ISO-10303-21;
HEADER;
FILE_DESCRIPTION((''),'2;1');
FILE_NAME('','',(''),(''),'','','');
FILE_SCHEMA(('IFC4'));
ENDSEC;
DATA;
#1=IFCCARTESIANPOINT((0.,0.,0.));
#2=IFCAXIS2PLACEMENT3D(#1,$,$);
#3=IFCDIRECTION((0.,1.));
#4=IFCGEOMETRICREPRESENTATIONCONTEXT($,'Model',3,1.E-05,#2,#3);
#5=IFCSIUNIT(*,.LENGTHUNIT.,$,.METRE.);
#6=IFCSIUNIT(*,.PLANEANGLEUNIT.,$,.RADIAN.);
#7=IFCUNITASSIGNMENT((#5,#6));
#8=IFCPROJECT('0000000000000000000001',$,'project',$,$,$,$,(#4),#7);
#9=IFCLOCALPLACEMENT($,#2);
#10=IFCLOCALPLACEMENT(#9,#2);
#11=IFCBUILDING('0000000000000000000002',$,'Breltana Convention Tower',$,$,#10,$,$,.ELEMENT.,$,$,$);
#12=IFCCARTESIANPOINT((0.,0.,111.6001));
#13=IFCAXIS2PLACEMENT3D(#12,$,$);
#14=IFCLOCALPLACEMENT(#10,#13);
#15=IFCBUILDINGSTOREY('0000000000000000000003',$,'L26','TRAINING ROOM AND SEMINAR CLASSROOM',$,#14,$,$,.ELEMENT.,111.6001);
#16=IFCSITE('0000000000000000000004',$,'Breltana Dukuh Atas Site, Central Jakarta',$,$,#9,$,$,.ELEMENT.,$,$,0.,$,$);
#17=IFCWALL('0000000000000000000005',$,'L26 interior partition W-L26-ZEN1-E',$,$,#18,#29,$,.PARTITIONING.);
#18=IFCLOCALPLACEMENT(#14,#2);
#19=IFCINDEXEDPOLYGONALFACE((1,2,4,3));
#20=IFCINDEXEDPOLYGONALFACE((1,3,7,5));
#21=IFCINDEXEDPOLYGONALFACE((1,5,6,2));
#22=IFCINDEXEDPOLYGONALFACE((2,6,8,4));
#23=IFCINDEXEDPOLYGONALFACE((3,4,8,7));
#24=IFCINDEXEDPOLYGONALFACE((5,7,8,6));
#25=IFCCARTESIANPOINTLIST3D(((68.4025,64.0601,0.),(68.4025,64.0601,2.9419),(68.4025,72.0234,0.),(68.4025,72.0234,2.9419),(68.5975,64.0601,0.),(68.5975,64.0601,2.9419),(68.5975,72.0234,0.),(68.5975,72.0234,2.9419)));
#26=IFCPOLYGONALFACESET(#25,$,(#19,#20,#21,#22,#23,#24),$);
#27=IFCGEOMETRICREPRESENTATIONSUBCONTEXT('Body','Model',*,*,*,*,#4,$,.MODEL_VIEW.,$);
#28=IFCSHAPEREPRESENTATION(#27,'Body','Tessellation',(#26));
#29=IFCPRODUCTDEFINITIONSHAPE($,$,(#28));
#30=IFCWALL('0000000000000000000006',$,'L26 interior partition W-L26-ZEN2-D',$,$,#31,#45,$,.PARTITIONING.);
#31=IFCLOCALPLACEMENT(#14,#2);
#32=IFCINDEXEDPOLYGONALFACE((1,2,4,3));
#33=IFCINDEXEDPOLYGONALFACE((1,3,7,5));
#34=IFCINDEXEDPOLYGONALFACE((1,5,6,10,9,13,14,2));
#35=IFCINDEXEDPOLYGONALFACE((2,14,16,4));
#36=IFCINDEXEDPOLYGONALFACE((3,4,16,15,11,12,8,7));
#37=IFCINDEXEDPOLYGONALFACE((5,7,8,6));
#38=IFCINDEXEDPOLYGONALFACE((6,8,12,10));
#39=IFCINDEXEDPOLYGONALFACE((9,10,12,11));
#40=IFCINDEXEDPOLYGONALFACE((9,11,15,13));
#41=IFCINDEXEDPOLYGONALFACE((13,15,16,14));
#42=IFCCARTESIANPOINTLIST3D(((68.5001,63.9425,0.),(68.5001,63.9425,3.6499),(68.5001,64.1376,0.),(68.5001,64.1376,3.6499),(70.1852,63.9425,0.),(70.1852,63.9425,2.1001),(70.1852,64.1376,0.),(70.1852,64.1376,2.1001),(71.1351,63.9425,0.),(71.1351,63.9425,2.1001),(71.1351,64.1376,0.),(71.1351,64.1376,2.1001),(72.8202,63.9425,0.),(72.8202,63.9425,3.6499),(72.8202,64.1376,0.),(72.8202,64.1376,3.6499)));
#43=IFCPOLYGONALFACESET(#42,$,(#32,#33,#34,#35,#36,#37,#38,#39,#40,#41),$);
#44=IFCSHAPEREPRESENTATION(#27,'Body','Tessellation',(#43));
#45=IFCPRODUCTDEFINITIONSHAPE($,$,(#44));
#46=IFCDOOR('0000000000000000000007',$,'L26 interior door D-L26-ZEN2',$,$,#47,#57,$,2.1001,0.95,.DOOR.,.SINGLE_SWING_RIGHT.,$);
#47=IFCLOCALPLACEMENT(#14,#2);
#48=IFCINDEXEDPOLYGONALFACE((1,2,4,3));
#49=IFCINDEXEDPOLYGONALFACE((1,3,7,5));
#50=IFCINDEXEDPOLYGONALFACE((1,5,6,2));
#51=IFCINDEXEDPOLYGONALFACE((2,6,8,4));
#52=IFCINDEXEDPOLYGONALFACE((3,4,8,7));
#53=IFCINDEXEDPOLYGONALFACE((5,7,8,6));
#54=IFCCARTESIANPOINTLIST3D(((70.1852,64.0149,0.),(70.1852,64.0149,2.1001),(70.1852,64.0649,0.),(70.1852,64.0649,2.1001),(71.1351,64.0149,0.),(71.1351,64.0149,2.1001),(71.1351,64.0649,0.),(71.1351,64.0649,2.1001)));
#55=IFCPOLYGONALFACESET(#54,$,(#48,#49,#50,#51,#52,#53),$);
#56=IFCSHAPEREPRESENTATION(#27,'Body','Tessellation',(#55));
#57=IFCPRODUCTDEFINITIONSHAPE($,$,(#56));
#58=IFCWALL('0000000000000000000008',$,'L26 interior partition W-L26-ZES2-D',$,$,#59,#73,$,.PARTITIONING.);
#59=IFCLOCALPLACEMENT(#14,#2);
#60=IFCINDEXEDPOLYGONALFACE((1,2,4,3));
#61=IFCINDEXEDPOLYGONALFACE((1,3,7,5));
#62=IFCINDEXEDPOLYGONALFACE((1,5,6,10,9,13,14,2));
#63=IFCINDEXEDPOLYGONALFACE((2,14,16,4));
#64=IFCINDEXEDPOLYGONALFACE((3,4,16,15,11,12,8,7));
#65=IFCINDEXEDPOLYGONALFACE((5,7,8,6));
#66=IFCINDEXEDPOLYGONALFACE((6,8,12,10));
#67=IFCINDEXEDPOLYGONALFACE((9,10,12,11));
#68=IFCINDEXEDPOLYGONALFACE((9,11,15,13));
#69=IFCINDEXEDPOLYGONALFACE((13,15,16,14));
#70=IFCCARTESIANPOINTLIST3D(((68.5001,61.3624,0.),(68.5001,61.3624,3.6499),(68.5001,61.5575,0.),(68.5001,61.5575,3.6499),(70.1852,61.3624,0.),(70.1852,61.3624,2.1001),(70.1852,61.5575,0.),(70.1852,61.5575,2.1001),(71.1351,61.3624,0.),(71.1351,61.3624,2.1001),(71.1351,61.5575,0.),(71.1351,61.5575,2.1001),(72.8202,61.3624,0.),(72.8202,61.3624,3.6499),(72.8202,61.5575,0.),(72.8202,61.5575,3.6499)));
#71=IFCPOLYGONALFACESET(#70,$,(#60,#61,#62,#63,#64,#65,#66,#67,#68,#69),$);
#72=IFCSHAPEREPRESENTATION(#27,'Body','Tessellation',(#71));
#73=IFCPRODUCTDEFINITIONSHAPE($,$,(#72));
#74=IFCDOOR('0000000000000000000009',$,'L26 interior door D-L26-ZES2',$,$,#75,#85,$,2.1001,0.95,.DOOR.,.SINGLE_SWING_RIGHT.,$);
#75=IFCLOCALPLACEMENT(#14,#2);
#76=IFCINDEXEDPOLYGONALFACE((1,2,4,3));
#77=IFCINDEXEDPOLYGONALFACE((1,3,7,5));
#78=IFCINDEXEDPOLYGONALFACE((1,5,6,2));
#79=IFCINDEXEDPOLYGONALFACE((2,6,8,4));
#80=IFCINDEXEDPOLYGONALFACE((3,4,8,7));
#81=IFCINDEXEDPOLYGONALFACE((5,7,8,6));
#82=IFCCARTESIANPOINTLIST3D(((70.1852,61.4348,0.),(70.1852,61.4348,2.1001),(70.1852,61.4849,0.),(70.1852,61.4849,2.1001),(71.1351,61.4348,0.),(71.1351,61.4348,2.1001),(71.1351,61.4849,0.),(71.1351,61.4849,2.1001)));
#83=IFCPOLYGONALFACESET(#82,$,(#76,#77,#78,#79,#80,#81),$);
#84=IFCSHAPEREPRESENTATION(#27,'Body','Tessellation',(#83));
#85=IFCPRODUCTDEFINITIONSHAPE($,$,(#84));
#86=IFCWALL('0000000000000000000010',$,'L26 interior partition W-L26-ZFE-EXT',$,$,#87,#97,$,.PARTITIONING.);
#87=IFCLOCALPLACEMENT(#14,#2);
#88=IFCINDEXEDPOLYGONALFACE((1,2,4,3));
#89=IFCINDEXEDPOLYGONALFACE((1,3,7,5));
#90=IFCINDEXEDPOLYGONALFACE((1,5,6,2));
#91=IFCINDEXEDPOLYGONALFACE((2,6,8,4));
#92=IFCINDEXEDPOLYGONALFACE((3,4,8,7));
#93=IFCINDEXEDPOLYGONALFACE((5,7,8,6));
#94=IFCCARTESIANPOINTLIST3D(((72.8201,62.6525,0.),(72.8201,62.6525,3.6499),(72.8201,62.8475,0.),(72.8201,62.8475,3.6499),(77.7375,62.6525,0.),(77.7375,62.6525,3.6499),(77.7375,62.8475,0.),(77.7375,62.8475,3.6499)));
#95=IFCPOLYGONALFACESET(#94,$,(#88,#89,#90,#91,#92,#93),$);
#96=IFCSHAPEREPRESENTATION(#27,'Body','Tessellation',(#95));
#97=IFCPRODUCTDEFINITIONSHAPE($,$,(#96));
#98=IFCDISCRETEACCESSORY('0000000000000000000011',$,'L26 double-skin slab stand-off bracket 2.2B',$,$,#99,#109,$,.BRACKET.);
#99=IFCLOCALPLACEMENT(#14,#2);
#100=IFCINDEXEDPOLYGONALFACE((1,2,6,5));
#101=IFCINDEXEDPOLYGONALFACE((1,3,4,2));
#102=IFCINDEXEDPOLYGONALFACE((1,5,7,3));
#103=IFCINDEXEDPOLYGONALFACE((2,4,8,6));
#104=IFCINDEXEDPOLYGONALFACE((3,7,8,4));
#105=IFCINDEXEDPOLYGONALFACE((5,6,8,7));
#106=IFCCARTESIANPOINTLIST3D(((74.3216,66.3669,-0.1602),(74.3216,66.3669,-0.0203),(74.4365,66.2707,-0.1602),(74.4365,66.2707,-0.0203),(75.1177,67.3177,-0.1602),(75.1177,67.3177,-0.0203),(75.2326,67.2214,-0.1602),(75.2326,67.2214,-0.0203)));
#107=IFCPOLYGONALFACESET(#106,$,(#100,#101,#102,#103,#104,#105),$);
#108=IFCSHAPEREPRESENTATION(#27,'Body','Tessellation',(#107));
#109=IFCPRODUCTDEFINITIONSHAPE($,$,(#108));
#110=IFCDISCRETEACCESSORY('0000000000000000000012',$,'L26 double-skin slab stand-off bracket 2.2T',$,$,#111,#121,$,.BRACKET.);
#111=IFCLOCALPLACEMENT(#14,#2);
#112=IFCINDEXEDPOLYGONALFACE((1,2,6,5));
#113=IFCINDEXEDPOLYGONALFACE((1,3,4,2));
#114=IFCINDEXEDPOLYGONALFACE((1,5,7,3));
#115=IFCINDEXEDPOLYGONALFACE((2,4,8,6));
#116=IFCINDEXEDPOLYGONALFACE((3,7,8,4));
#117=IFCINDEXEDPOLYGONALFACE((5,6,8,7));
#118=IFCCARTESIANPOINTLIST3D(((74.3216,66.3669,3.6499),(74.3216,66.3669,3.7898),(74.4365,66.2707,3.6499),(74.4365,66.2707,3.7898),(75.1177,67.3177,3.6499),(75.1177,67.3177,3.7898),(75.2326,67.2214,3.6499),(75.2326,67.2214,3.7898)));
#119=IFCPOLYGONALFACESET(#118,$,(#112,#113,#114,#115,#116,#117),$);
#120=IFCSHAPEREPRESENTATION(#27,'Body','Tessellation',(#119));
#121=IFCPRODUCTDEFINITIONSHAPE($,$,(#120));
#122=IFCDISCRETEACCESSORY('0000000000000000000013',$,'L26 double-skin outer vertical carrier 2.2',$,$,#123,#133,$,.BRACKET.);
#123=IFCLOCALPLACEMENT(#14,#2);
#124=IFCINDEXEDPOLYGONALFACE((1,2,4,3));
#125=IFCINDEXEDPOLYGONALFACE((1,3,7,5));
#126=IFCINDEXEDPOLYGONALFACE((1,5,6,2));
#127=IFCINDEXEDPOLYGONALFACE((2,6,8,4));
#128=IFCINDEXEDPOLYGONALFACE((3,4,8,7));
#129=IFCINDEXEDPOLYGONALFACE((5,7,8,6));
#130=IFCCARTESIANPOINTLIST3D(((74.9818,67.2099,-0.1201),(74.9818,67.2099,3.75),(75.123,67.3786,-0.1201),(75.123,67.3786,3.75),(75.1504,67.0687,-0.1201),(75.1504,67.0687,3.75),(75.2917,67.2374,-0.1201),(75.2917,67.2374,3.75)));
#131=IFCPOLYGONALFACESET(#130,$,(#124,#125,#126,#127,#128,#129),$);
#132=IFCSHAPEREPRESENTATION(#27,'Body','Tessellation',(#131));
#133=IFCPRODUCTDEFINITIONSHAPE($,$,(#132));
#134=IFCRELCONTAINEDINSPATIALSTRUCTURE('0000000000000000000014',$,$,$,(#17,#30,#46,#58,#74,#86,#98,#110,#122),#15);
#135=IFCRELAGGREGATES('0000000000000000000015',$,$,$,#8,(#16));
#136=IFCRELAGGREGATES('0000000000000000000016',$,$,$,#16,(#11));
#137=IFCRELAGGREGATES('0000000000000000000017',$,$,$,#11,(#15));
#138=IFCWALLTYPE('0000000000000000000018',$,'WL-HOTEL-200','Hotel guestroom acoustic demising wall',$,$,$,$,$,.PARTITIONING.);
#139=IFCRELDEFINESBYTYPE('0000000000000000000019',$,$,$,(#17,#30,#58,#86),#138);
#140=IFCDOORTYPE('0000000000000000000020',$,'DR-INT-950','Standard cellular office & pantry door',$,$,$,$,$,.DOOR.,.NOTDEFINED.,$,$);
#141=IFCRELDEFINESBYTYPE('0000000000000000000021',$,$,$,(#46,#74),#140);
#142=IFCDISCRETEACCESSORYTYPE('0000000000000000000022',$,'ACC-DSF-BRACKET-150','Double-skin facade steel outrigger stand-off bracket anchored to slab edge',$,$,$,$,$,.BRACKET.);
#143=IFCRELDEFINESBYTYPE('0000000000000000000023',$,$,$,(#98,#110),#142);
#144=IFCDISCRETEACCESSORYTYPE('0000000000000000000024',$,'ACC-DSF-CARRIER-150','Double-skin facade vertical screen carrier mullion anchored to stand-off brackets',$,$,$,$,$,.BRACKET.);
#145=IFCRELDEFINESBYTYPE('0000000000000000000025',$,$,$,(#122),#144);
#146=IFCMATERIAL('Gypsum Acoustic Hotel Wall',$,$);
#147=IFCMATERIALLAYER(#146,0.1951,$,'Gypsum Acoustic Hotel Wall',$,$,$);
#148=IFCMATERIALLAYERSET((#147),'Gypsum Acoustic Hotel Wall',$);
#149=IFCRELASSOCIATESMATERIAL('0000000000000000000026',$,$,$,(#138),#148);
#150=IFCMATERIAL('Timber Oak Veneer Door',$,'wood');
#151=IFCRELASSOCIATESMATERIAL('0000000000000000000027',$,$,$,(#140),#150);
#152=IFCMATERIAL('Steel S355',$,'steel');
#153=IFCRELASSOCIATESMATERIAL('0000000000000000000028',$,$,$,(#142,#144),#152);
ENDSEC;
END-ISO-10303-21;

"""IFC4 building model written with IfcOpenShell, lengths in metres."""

from ifc_helpers import new_model, si_unit, direction, frame, frame_2d, origin, origin_2d, place, context, subcontext, project, spatial, rectangle, extrude, source, transform, mapped, material, layer, layer_set, type_object, type_shapes, element, fill, save


model = new_model("IFC4")

# Units and contexts
model_context = context("Model", 3, precision=1e-05, world=origin(), true_north=direction((0.0, 1.0)))
body_context = subcontext(model_context, "Body", "Model", "MODEL_VIEW")
ifc_project = project(units=[si_unit("LENGTHUNIT", "METRE"), si_unit("PLANEANGLEUNIT", "RADIAN")], contexts=[model_context])

# Site, building, storey
site_placement = place(None, origin())
site = spatial("IfcSite", under=ifc_project, at=site_placement, Name="Breltana Dukuh Atas Site, Central Jakarta", CompositionType="ELEMENT", RefElevation=0.0)
building_placement = place(site_placement, origin())
building = spatial("IfcBuilding", under=site, at=building_placement, Name="Breltana Convention Tower", CompositionType="ELEMENT")
storey_placement = place(building_placement, frame((0.0, 0.0, 111.6001)))
storey = spatial("IfcBuildingStorey", under=building, at=storey_placement, Name="L26", Description="TRAINING ROOM AND SEMINAR CLASSROOM", CompositionType="ELEMENT", Elevation=111.6001)

# Wall
ifc_material_1 = material(Name="Gypsum Acoustic Hotel Wall")
ifc_layer_1 = layer(ifc_material_1, 0.1951, Name="Gypsum Acoustic Hotel Wall")
ifc_layer_set_1 = layer_set([ifc_layer_1], Name="Gypsum Acoustic Hotel Wall")
wall_type_1 = type_object("IfcWallType", Name="WL-HOTEL-200", Description="Hotel guestroom acoustic demising wall", PredefinedType="PARTITIONING", material=ifc_layer_set_1)
shared_shape_1 = source(origin(), body_context, "Body", "SweptSolid", [
    extrude(rectangle(XDim=7.9634, YDim=0.1951, at=frame_2d((3.9817, 0.0))), origin(), (0.0, 0.0, 1.0), 2.9419),
])
wall_1_placement = place(storey_placement, frame((68.5, 64.0601, 0.0), z_axis=(0.0, 0.0, 1.0), x_axis=(0.0, 1.0, 0.0)))
element("IfcWall", 1, at=wall_1_placement, inside=storey, type_object=wall_type_1, Name="L26 interior partition W-L26-ZEN1-E", PredefinedType="PARTITIONING", context=body_context, shape_type="MappedRepresentation", body=[
    mapped(shared_shape_1, transform((0.0, 0.0, 0.0), scale=1.0)),
])

# Walls, openings, doors
shared_shape_2 = source(origin(), body_context, "Body", "SweptSolid", [
    extrude(rectangle(XDim=4.3201, YDim=0.1951, at=frame_2d((2.1602, 0.0))), origin(), (0.0, 0.0, 1.0), 3.6499),
])
wall_2_placement = place(storey_placement, frame((68.5, 64.04, 0.0), z_axis=(0.0, 0.0, 1.0), x_axis=(1.0, 0.0, 0.0)))
wall_2 = element("IfcWall", 2, at=wall_2_placement, inside=storey, type_object=wall_type_1, Name="L26 interior partition W-L26-ZEN2-D", PredefinedType="PARTITIONING", context=body_context, shape_type="MappedRepresentation", body=[
    mapped(shared_shape_2, transform((0.0, 0.0, 0.0), scale=1.0)),
])
opening_1_placement = place(wall_2_placement, frame((1.6851, 0.0, 0.0)))
opening_1 = element("IfcOpeningElement", 3, at=opening_1_placement, cuts=wall_2, PredefinedType="OPENING", context=body_context, shape_type="SweptSolid", body=[
    extrude(rectangle(XDim=0.95, YDim=2.1001, at=frame_2d((0.4751, 1.05))), frame((0.0, 0.1074, 0.0), z_axis=(0.0, -1.0, 0.0), x_axis=(1.0, 0.0, 0.0)), (0.0, 0.0, 1.0), 0.2151),
])
ifc_material_2 = material(Name="Timber Oak Veneer Door", Category="wood")
door_type = type_object("IfcDoorType", Name="DR-INT-950", Description="Standard cellular office & pantry door", OperationType="NOTDEFINED", PredefinedType="DOOR", material=ifc_material_2)
shared_shape_3 = source(origin(), body_context, "Body", "SweptSolid", [
    extrude(rectangle(XDim=0.95, YDim=2.1001, at=frame_2d((0.4751, 1.05))), frame((0.0, 0.0249, 0.0), z_axis=(0.0, -1.0, 0.0), x_axis=(1.0, 0.0, 0.0)), (0.0, 0.0, 1.0), 0.05),
])
type_shapes(door_type, [shared_shape_3])
door_1_placement = place(opening_1_placement, origin())
door_1 = element("IfcDoor", 4, at=door_1_placement, inside=storey, type_object=door_type, Name="L26 interior door D-L26-ZEN2", OperationType="SINGLE_SWING_RIGHT", OverallHeight=2.1001, OverallWidth=0.95, PredefinedType="DOOR", context=body_context, shape_type="MappedRepresentation", body=[
    mapped(shared_shape_3, transform((0.0, 0.0, 0.0), scale=1.0)),
])
fill(opening_1, door_1)
wall_3_placement = place(storey_placement, frame((68.5, 61.46, 0.0), z_axis=(0.0, 0.0, 1.0), x_axis=(1.0, 0.0, 0.0)))
wall_3 = element("IfcWall", 5, at=wall_3_placement, inside=storey, type_object=wall_type_1, Name="L26 interior partition W-L26-ZES2-D", PredefinedType="PARTITIONING", context=body_context, shape_type="MappedRepresentation", body=[
    mapped(shared_shape_2, transform((0.0, 0.0, 0.0), scale=1.0)),
])
opening_2_placement = place(wall_3_placement, frame((1.6851, 0.0, 0.0)))
opening_2 = element("IfcOpeningElement", 6, at=opening_2_placement, cuts=wall_3, PredefinedType="OPENING", context=body_context, shape_type="SweptSolid", body=[
    extrude(rectangle(XDim=0.95, YDim=2.1001, at=frame_2d((0.4751, 1.05))), frame((0.0, 0.1074, 0.0), z_axis=(0.0, -1.0, 0.0), x_axis=(1.0, 0.0, 0.0)), (0.0, 0.0, 1.0), 0.2151),
])
door_2_placement = place(opening_2_placement, origin())
door_2 = element("IfcDoor", 7, at=door_2_placement, inside=storey, type_object=door_type, Name="L26 interior door D-L26-ZES2", OperationType="SINGLE_SWING_RIGHT", OverallHeight=2.1001, OverallWidth=0.95, PredefinedType="DOOR", context=body_context, shape_type="MappedRepresentation", body=[
    mapped(shared_shape_3, transform((0.0, 0.0, 0.0), scale=1.0)),
])
fill(opening_2, door_2)

# Wall
shared_shape_4 = source(origin(), body_context, "Body", "SweptSolid", [
    extrude(rectangle(XDim=4.9175, YDim=0.1951, at=frame_2d((2.4587, 0.0))), origin(), (0.0, 0.0, 1.0), 3.6499),
])
wall_4_placement = place(storey_placement, frame((72.8201, 62.75, 0.0), z_axis=(0.0, 0.0, 1.0), x_axis=(1.0, 0.0, 0.0)))
element("IfcWall", 8, at=wall_4_placement, inside=storey, type_object=wall_type_1, Name="L26 interior partition W-L26-ZFE-EXT", PredefinedType="PARTITIONING", context=body_context, shape_type="MappedRepresentation", body=[
    mapped(shared_shape_4, transform((0.0, 0.0, 0.0), scale=1.0)),
])

# Discrete accessories
ifc_material_3 = material(Name="Steel S355", Category="steel")
discrete_accessory_type_1 = type_object("IfcDiscreteAccessoryType", Name="ACC-DSF-BRACKET-150", Description="Double-skin facade steel outrigger stand-off bracket anchored to slab edge", PredefinedType="BRACKET", material=ifc_material_3)
shared_shape_5 = source(origin(), body_context, "Body", "SweptSolid", [
    extrude(rectangle(XDim=1.24, YDim=0.1499, at=origin_2d()), origin(), (0.0, 0.0, 1.0), 0.1399),
])
type_shapes(discrete_accessory_type_1, [shared_shape_5])
for number, where, z_axis, x_axis, name in (
    (9, (74.7771, 66.7942, -0.1602), (0.0, 0.0, 1.0), (0.641987, 0.766715, 0.0), "L26 double-skin slab stand-off bracket 2.2B"),
    (10, (74.7771, 66.7942, 3.6499), (0.0, 0.0, 1.0), (0.641987, 0.766715, 0.0), "L26 double-skin slab stand-off bracket 2.2T"),
):
    element("IfcDiscreteAccessory", number, at=place(storey_placement, frame(where, z_axis=z_axis, x_axis=x_axis)), inside=storey, type_object=discrete_accessory_type_1, Name=name, PredefinedType="BRACKET", context=body_context, shape_type="MappedRepresentation", body=[
        mapped(shared_shape_5, transform((0.0, 0.0, 0.0), scale=1.0)),
    ])
discrete_accessory_type_2 = type_object("IfcDiscreteAccessoryType", Name="ACC-DSF-CARRIER-150", Description="Double-skin facade vertical screen carrier mullion anchored to stand-off brackets", PredefinedType="BRACKET", material=ifc_material_3)
shared_shape_6 = source(origin(), body_context, "Body", "SweptSolid", [
    extrude(rectangle(XDim=0.22, YDim=0.22, at=origin_2d()), origin(), (0.0, 0.0, 1.0), 3.8701),
])
discrete_accessory_placement = place(storey_placement, frame((75.1367, 67.2236, -0.1201), z_axis=(0.0, 0.0, 1.0), x_axis=(0.641987, 0.766715, 0.0)))
element("IfcDiscreteAccessory", 11, at=discrete_accessory_placement, inside=storey, type_object=discrete_accessory_type_2, Name="L26 double-skin outer vertical carrier 2.2", PredefinedType="BRACKET", context=body_context, shape_type="MappedRepresentation", body=[
    mapped(shared_shape_6, transform((0.0, 0.0, 0.0), scale=1.0)),
])

save(model, "model.ifc")
